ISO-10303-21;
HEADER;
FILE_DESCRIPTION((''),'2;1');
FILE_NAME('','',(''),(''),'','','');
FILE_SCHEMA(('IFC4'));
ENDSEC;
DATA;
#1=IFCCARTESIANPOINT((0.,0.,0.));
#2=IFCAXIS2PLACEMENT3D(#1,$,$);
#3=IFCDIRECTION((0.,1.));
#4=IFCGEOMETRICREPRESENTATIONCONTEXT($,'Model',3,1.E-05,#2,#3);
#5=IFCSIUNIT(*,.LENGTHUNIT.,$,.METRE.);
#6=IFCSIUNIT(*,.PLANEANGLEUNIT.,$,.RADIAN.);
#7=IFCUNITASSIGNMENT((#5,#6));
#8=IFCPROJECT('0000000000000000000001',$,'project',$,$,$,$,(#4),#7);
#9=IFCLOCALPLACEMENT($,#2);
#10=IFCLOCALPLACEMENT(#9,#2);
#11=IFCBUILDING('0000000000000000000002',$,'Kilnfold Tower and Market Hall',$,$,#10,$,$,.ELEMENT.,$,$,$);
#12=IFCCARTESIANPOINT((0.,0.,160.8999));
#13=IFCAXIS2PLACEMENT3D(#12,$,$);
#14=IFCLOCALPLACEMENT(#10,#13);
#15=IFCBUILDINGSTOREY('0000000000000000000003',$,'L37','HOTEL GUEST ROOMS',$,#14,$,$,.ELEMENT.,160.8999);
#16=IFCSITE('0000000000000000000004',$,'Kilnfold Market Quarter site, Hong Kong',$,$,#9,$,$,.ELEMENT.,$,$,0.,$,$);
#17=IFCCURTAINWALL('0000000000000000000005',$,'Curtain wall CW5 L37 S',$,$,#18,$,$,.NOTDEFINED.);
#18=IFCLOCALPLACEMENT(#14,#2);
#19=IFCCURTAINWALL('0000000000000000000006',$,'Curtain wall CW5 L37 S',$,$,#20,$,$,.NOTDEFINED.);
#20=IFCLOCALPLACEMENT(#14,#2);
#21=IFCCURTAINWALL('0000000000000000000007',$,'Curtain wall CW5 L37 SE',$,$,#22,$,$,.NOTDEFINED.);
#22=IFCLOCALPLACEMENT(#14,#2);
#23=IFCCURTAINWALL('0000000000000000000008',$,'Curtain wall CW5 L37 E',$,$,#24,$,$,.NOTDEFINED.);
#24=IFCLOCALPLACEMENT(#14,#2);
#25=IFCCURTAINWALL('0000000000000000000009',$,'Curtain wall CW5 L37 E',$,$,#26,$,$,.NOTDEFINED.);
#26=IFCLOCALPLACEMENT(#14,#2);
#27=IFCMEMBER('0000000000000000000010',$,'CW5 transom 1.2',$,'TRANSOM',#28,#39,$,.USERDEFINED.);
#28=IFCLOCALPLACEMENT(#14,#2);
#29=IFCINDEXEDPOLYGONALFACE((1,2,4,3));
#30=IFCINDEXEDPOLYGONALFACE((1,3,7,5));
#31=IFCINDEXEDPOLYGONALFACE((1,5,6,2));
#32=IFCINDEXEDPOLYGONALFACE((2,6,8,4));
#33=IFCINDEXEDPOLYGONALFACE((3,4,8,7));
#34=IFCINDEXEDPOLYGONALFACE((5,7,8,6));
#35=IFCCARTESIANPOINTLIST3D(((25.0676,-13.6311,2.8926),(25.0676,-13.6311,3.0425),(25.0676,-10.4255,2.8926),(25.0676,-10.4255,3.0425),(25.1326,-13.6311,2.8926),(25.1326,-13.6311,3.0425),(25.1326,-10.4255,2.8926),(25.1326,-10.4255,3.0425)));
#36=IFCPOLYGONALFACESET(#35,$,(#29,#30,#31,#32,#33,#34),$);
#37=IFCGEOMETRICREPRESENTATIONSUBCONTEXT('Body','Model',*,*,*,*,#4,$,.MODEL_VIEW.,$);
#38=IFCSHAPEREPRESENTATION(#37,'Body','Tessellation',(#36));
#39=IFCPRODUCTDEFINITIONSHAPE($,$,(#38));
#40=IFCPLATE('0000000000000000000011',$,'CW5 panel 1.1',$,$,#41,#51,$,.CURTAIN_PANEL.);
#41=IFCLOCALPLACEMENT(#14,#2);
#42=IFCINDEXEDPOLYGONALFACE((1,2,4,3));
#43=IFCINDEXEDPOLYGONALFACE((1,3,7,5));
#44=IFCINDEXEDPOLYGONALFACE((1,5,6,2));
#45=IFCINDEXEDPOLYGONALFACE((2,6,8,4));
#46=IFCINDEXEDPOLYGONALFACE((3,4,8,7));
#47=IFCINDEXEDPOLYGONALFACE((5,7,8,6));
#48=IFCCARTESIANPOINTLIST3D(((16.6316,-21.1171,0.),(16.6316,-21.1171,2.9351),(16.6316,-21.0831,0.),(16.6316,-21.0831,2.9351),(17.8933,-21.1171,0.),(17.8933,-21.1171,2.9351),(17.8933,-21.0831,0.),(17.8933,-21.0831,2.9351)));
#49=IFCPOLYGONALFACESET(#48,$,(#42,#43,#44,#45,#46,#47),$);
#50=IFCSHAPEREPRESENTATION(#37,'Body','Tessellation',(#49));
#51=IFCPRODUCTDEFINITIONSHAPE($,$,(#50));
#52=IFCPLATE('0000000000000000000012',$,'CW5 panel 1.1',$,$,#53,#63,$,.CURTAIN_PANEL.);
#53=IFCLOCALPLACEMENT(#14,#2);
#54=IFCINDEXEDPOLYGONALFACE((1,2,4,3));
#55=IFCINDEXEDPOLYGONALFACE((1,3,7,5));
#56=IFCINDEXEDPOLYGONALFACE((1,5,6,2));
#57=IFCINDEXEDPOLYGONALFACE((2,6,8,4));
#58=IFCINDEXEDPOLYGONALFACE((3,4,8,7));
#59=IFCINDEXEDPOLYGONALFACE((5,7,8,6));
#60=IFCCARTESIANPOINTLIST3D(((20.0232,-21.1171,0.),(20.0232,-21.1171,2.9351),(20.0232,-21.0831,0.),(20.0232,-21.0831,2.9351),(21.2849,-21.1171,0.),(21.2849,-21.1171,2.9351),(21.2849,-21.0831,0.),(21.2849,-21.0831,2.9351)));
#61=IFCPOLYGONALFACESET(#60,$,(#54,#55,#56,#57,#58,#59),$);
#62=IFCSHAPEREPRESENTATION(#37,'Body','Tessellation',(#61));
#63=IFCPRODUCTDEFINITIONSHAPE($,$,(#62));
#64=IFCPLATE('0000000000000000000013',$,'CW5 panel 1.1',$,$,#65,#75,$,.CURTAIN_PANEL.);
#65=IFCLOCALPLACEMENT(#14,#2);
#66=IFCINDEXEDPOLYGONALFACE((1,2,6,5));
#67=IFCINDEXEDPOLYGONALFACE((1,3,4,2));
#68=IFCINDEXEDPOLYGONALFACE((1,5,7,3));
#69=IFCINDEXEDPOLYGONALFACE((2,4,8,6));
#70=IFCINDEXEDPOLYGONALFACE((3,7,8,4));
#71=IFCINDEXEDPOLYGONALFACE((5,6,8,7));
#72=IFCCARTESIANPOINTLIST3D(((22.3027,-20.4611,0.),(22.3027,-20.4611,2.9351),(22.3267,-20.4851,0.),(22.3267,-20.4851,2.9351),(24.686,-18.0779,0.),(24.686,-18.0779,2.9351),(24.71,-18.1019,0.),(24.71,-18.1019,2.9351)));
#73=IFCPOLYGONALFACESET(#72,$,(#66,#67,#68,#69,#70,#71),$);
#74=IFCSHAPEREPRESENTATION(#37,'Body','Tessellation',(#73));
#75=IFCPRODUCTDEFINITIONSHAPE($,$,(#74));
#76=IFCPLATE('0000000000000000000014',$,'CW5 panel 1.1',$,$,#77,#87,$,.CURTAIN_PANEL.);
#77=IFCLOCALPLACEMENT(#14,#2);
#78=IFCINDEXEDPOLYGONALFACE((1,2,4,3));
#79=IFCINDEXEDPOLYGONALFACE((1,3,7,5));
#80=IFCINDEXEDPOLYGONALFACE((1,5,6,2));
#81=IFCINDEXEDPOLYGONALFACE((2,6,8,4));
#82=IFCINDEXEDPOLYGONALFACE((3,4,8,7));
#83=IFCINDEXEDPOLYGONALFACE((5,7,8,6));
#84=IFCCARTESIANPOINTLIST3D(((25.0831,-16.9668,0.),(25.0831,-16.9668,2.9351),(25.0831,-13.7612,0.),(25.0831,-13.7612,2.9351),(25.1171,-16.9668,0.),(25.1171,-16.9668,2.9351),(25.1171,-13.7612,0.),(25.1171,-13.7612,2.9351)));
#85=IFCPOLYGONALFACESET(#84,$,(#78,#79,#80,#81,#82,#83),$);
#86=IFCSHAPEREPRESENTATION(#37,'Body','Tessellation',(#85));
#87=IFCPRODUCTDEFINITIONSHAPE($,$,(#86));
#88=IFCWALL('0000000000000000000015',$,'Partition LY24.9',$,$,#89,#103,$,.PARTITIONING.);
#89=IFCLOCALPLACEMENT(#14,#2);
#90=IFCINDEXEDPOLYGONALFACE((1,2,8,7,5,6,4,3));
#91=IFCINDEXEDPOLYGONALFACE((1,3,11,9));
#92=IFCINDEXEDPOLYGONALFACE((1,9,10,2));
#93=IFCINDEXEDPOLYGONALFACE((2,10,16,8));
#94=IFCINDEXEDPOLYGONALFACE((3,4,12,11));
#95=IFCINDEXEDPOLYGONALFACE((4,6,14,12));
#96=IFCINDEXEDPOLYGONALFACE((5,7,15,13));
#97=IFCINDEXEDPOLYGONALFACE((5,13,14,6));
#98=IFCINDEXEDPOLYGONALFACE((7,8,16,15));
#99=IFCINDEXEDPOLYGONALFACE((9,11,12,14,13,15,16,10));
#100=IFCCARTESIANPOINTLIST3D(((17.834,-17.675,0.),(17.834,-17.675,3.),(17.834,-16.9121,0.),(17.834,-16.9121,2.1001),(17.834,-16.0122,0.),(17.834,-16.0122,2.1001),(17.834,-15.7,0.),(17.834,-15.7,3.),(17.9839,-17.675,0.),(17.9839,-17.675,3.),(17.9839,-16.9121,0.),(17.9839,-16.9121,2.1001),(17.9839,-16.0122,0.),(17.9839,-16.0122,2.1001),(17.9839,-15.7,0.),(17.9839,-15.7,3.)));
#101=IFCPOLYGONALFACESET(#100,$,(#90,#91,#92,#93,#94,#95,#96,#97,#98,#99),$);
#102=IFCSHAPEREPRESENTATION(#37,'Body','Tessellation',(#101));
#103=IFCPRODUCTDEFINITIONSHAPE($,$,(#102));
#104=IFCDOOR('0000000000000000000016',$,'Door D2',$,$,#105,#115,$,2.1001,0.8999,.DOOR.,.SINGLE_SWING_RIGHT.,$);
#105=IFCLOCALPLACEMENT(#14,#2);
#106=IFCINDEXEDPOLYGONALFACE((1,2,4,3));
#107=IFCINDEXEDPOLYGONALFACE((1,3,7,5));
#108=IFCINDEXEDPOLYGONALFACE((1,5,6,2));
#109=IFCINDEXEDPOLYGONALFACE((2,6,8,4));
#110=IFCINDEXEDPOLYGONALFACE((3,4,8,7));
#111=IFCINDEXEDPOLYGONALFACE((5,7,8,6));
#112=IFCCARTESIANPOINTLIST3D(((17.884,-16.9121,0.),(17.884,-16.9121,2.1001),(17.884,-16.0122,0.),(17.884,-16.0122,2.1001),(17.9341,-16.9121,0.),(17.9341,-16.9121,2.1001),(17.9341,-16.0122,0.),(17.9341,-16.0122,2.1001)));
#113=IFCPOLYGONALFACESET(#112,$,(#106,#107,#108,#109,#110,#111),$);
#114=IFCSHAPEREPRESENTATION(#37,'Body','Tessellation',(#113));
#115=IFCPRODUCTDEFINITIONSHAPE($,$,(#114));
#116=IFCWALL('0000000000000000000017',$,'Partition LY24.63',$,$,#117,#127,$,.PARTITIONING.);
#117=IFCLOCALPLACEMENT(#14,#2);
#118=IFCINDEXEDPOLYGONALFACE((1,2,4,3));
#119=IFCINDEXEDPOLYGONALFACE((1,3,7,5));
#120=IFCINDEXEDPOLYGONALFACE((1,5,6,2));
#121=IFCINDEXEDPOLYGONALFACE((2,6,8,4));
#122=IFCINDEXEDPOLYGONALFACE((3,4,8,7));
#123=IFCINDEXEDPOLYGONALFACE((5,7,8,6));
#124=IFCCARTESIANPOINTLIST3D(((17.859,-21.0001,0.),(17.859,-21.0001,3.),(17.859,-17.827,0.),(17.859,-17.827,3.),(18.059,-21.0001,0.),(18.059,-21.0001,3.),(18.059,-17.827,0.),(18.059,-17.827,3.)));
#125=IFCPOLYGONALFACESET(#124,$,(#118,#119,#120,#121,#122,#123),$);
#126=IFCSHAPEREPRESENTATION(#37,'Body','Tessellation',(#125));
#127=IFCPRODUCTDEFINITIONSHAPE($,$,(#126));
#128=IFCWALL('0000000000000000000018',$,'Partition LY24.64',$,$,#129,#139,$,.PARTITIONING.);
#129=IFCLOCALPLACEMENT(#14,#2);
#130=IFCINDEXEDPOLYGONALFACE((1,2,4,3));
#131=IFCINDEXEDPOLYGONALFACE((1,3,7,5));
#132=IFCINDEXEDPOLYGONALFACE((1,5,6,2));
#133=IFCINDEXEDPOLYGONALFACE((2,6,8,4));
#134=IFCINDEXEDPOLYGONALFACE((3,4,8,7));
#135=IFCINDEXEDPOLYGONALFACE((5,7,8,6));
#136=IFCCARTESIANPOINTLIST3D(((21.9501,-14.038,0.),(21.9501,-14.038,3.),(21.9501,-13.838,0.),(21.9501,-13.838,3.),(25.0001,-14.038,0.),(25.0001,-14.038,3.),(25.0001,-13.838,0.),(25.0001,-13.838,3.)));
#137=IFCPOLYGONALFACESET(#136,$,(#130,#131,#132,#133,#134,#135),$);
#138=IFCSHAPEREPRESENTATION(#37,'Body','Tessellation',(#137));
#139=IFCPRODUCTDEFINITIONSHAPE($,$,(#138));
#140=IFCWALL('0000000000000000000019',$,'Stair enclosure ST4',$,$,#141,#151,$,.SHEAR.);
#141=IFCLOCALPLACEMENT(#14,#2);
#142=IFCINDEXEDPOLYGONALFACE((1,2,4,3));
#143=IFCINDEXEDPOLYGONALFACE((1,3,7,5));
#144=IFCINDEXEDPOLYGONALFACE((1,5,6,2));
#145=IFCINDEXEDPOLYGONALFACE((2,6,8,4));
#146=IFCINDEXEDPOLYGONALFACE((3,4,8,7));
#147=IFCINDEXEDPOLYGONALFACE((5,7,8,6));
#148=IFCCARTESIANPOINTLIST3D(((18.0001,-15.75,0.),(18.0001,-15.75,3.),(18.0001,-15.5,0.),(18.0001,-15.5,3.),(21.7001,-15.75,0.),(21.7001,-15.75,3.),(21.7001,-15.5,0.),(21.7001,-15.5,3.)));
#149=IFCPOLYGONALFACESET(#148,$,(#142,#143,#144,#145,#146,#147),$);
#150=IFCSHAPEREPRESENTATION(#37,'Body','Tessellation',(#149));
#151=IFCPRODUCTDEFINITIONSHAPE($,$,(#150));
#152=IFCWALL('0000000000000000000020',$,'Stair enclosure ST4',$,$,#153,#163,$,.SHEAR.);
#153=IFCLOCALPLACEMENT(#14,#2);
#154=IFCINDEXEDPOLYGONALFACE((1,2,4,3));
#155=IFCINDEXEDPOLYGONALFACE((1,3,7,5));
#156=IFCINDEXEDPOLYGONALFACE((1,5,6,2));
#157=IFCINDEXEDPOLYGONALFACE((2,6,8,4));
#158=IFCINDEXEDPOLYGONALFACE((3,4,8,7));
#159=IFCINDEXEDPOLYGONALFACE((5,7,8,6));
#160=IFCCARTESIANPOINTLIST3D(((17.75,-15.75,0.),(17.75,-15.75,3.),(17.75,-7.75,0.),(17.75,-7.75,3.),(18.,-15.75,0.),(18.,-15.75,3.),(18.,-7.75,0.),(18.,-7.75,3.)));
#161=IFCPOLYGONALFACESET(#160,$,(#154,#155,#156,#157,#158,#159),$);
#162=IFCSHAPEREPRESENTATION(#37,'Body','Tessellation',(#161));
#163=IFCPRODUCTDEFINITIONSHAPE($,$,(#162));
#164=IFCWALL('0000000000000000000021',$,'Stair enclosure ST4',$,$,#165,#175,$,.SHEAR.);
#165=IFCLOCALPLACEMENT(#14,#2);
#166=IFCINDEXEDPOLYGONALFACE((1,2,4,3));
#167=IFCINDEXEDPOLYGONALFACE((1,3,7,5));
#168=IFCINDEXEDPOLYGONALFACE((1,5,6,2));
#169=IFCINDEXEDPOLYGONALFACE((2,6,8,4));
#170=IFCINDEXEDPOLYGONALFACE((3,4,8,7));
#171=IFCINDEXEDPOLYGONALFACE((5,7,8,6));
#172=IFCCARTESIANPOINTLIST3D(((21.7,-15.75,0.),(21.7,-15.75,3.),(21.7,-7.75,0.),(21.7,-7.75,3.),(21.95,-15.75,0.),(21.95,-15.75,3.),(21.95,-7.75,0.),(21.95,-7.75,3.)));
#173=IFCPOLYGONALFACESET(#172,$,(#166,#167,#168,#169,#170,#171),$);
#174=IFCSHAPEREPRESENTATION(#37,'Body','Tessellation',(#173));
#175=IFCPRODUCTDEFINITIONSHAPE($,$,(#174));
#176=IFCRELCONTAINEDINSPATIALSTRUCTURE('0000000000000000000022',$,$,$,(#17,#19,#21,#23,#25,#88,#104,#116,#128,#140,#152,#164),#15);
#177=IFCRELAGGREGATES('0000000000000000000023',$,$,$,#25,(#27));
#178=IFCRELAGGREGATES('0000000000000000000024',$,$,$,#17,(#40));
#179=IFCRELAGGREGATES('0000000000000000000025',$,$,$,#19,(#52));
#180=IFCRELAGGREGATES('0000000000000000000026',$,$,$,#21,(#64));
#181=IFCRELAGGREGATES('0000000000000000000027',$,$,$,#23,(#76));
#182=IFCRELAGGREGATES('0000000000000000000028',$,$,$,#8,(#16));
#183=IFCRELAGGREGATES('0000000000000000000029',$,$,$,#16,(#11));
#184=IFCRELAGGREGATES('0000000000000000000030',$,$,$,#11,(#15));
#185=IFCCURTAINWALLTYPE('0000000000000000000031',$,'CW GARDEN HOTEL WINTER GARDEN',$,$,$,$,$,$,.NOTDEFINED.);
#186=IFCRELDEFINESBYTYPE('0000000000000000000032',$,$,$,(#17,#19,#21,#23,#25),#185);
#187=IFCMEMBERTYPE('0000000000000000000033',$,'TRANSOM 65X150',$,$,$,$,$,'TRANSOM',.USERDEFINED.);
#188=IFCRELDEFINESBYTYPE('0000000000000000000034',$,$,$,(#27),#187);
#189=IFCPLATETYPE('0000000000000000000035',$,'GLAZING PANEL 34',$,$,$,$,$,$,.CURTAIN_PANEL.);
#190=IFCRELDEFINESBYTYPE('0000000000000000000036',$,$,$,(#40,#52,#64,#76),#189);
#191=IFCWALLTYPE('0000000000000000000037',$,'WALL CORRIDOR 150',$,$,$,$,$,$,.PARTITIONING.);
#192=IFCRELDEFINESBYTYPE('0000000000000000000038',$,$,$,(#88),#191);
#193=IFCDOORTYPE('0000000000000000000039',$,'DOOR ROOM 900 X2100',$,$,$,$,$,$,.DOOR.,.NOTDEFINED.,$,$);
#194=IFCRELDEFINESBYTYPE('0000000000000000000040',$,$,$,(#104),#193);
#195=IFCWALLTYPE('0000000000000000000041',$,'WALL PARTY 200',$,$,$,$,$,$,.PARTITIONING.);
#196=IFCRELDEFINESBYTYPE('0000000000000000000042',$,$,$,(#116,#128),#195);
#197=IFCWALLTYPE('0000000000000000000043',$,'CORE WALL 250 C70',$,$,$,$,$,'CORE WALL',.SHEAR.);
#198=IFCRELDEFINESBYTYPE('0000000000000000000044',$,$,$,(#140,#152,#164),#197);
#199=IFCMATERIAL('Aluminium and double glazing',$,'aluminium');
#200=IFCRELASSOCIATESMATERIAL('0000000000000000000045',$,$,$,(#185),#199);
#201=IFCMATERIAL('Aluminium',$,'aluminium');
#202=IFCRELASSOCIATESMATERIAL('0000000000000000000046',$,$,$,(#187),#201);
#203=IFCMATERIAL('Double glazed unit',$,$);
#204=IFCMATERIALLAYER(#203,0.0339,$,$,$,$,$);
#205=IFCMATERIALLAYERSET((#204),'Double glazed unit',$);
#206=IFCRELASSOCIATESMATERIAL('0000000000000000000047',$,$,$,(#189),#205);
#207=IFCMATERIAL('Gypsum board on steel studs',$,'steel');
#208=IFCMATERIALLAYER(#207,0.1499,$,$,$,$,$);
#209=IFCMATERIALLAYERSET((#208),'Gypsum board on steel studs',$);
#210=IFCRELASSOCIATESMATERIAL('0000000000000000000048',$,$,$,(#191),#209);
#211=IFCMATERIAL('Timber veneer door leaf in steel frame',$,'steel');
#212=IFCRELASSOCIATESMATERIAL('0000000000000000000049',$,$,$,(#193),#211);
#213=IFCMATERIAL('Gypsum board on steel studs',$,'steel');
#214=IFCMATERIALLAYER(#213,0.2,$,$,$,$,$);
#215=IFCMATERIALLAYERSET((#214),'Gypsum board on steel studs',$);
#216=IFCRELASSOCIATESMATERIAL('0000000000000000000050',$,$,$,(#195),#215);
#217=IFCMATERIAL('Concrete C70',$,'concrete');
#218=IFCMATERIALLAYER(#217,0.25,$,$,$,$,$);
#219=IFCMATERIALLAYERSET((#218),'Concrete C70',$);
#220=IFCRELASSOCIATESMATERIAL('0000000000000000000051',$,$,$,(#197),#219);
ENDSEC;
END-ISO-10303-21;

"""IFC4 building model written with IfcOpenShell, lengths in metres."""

from ifc_helpers import new_model, si_unit, direction, frame, frame_2d, origin, origin_2d, place, context, subcontext, project, spatial, rectangle, extrude, source, transform, mapped, material, layer, layer_set, material_profile, profile_set, type_object, element, fill, aggregate, save


model = new_model("IFC4")

# Units and contexts
model_context = context("Model", 3, precision=1e-05, world=origin(), true_north=direction((0.0, 1.0)))
body_context = subcontext(model_context, "Body", "Model", "MODEL_VIEW")
ifc_project = project(units=[si_unit("LENGTHUNIT", "METRE"), si_unit("PLANEANGLEUNIT", "RADIAN")], contexts=[model_context])

# Site, building, storey
site_placement = place(None, origin())
site = spatial("IfcSite", under=ifc_project, at=site_placement, Name="Kilnfold Market Quarter site, Hong Kong", CompositionType="ELEMENT", RefElevation=0.0)
building_placement = place(site_placement, origin())
building = spatial("IfcBuilding", under=site, at=building_placement, Name="Kilnfold Tower and Market Hall", CompositionType="ELEMENT")
storey_placement = place(building_placement, frame((0.0, 0.0, 160.8999)))
storey = spatial("IfcBuildingStorey", under=building, at=storey_placement, Name="L37", Description="HOTEL GUEST ROOMS", CompositionType="ELEMENT", Elevation=160.8999)

# Curtain wall
ifc_material_1 = material(Name="Aluminium and double glazing", Category="aluminium")
curtain_wall_type = type_object("IfcCurtainWallType", Name="CW GARDEN HOTEL WINTER GARDEN", PredefinedType="NOTDEFINED", material=ifc_material_1)
curtain_wall_1_placement = place(storey_placement, origin())
curtain_wall_1 = element("IfcCurtainWall", 1, at=curtain_wall_1_placement, inside=storey, type_object=curtain_wall_type, Name="Curtain wall CW5 L37 S", PredefinedType="NOTDEFINED")

# Curtain walls
curtain_wall_2_placement = place(storey_placement, origin())
curtain_wall_2 = element("IfcCurtainWall", 2, at=curtain_wall_2_placement, inside=storey, type_object=curtain_wall_type, Name="Curtain wall CW5 L37 S", PredefinedType="NOTDEFINED")
curtain_wall_3_placement = place(storey_placement, origin())
curtain_wall_3 = element("IfcCurtainWall", 3, at=curtain_wall_3_placement, inside=storey, type_object=curtain_wall_type, Name="Curtain wall CW5 L37 SE", PredefinedType="NOTDEFINED")
curtain_wall_4_placement = place(storey_placement, origin())
curtain_wall_4 = element("IfcCurtainWall", 4, at=curtain_wall_4_placement, inside=storey, type_object=curtain_wall_type, Name="Curtain wall CW5 L37 E", PredefinedType="NOTDEFINED")

# Curtain wall
curtain_wall_5_placement = place(storey_placement, origin())
curtain_wall_5 = element("IfcCurtainWall", 5, at=curtain_wall_5_placement, inside=storey, type_object=curtain_wall_type, Name="Curtain wall CW5 L37 E", PredefinedType="NOTDEFINED")

# Member
ifc_material_2 = material(Name="Aluminium", Category="aluminium")
ifc_material_profile_1 = material_profile(ifc_material_2, rectangle(XDim=0.0649, YDim=0.1499, at=origin_2d()), Name="TRANSOM 65x150")
ifc_profile_set_1 = profile_set([ifc_material_profile_1], Name="Aluminium")
member_type_1 = type_object("IfcMemberType", Name="TRANSOM 65X150", ElementType="TRANSOM", PredefinedType="USERDEFINED", material=ifc_profile_set_1)
shared_shape_1 = source(origin(), body_context, "Body", "SweptSolid", [
    extrude(rectangle(XDim=0.0649, YDim=0.1499, at=origin_2d()), origin(), (0.0, 0.0, 1.0), 3.2056),
])
member_1_placement = place(storey_placement, frame((25.1001, -13.6311, 2.9675), z_axis=(0.0, 1.0, 0.0), x_axis=(-1.0, 0.0, 0.0)))
member_1 = element("IfcMember", 6, at=member_1_placement, type_object=member_type_1, Name="CW5 transom 1.2", ObjectType="TRANSOM", PredefinedType="USERDEFINED", context=body_context, shape_type="MappedRepresentation", body=[
    mapped(shared_shape_1, transform((0.0, 0.0, 0.0))),
])
aggregate(curtain_wall_5, [member_1])

# Plates
ifc_material_3 = material(Name="Double glazed unit")
ifc_layer_1 = layer(ifc_material_3, 0.0339)
ifc_layer_set_1 = layer_set([ifc_layer_1], Name="Double glazed unit")
plate_type = type_object("IfcPlateType", Name="GLAZING PANEL 34", PredefinedType="CURTAIN_PANEL", material=ifc_layer_set_1)
shared_shape_2 = source(origin(), body_context, "Body", "SweptSolid", [
    extrude(rectangle(XDim=1.2617, YDim=0.0339, at=origin_2d()), origin(), (0.0, 0.0, 1.0), 2.9351),
])
plate_1_placement = place(storey_placement, frame((17.2625, -21.1001, 0.0), z_axis=(0.0, 0.0, 1.0), x_axis=(1.0, 0.0, 0.0)))
plate_1 = element("IfcPlate", 7, at=plate_1_placement, type_object=plate_type, Name="CW5 panel 1.1", PredefinedType="CURTAIN_PANEL", context=body_context, shape_type="MappedRepresentation", body=[
    mapped(shared_shape_2, transform((0.0, 0.0, 0.0))),
])
aggregate(curtain_wall_1, [plate_1])
plate_2_placement = place(storey_placement, frame((20.6541, -21.1001, 0.0), z_axis=(0.0, 0.0, 1.0), x_axis=(1.0, 0.0, 0.0)))
plate_2 = element("IfcPlate", 8, at=plate_2_placement, type_object=plate_type, Name="CW5 panel 1.1", PredefinedType="CURTAIN_PANEL", context=body_context, shape_type="MappedRepresentation", body=[
    mapped(shared_shape_2, transform((0.0, 0.0, 0.0))),
])
aggregate(curtain_wall_2, [plate_2])
shared_shape_3 = source(origin(), body_context, "Body", "SweptSolid", [
    extrude(rectangle(XDim=3.3704, YDim=0.0339, at=origin_2d()), origin(), (0.0, 0.0, 1.0), 2.9351),
])
plate_3_placement = place(storey_placement, frame((23.5063, -19.2815, 0.0), z_axis=(0.0, 0.0, 1.0), x_axis=(0.707121, 0.707092, 0.0)))
plate_3 = element("IfcPlate", 9, at=plate_3_placement, type_object=plate_type, Name="CW5 panel 1.1", PredefinedType="CURTAIN_PANEL", context=body_context, shape_type="MappedRepresentation", body=[
    mapped(shared_shape_3, transform((0.0, 0.0, 0.0))),
])
aggregate(curtain_wall_3, [plate_3])
shared_shape_4 = source(origin(), body_context, "Body", "SweptSolid", [
    extrude(rectangle(XDim=3.2056, YDim=0.0339, at=origin_2d()), origin(), (0.0, 0.0, 1.0), 2.9351),
])
plate_4_placement = place(storey_placement, frame((25.1001, -15.364, 0.0), z_axis=(0.0, 0.0, 1.0), x_axis=(0.0, 1.0, 0.0)))
plate_4 = element("IfcPlate", 10, at=plate_4_placement, type_object=plate_type, Name="CW5 panel 1.1", PredefinedType="CURTAIN_PANEL", context=body_context, shape_type="MappedRepresentation", body=[
    mapped(shared_shape_4, transform((0.0, 0.0, 0.0))),
])
aggregate(curtain_wall_4, [plate_4])

# Wall, opening, door
ifc_material_4 = material(Name="Gypsum board on steel studs", Category="steel")
ifc_layer_2 = layer(ifc_material_4, 0.1499)
ifc_layer_set_2 = layer_set([ifc_layer_2], Name="Gypsum board on steel studs")
wall_type_1 = type_object("IfcWallType", Name="WALL CORRIDOR 150", PredefinedType="PARTITIONING", material=ifc_layer_set_2)
wall_1_placement = place(storey_placement, frame((17.9089, -17.675, 0.0), z_axis=(0.0, 0.0, 1.0), x_axis=(0.0, 1.0, 0.0)))
wall_1 = element("IfcWall", 11, at=wall_1_placement, inside=storey, type_object=wall_type_1, Name="Partition LY24.9", PredefinedType="PARTITIONING", context=body_context, shape_type="SweptSolid", body=[
    extrude(rectangle(XDim=1.9751, YDim=0.1499, at=frame_2d((0.9875, 0.0))), origin(), (0.0, 0.0, 1.0), 3.0),
])
opening_1_placement = place(wall_1_placement, frame((0.7629, 0.0, 0.0)))
opening_1 = element("IfcOpeningElement", 12, at=opening_1_placement, cuts=wall_1, PredefinedType="OPENING", context=body_context, shape_type="SweptSolid", body=[
    extrude(rectangle(XDim=0.8999, YDim=2.1001, at=frame_2d((0.45, 1.05))), frame((0.0, 0.085, 0.0), z_axis=(0.0, -1.0, 0.0), x_axis=(1.0, 0.0, 0.0)), (0.0, 0.0, 1.0), 0.1699),
])
ifc_material_5 = material(Name="Timber veneer door leaf in steel frame", Category="steel")
door_type_1 = type_object("IfcDoorType", Name="DOOR ROOM 900 X2100", OperationType="NOTDEFINED", PredefinedType="DOOR", material=ifc_material_5)
door_1_placement = place(opening_1_placement, origin())
door_1 = element("IfcDoor", 13, at=door_1_placement, inside=storey, type_object=door_type_1, Name="Door D2", OperationType="SINGLE_SWING_RIGHT", OverallHeight=2.1001, OverallWidth=0.8999, PredefinedType="DOOR", context=body_context, shape_type="SweptSolid", body=[
    extrude(rectangle(XDim=0.8999, YDim=2.1001, at=frame_2d((0.45, 1.05))), frame((0.0, 0.0249, 0.0), z_axis=(0.0, -1.0, 0.0), x_axis=(1.0, 0.0, 0.0)), (0.0, 0.0, 1.0), 0.05),
])
fill(opening_1, door_1)

# Walls
ifc_material_6 = material(Name="Gypsum board on steel studs", Category="steel")
ifc_layer_3 = layer(ifc_material_6, 0.2)
ifc_layer_set_3 = layer_set([ifc_layer_3], Name="Gypsum board on steel studs")
wall_type_2 = type_object("IfcWallType", Name="WALL PARTY 200", PredefinedType="PARTITIONING", material=ifc_layer_set_3)
wall_2_placement = place(storey_placement, frame((17.959, -21.0, 0.0), z_axis=(0.0, 0.0, 1.0), x_axis=(0.0, 1.0, 0.0)))
element("IfcWall", 14, at=wall_2_placement, inside=storey, type_object=wall_type_2, Name="Partition LY24.63", PredefinedType="PARTITIONING", context=body_context, shape_type="SweptSolid", body=[
    extrude(rectangle(XDim=3.1731, YDim=0.2, at=frame_2d((1.5864, 0.0))), origin(), (0.0, 0.0, 1.0), 3.0),
])
wall_3_placement = place(storey_placement, frame((25.0, -13.938, 0.0), z_axis=(0.0, 0.0, 1.0), x_axis=(-1.0, 0.0, 0.0)))
element("IfcWall", 15, at=wall_3_placement, inside=storey, type_object=wall_type_2, Name="Partition LY24.64", PredefinedType="PARTITIONING", context=body_context, shape_type="SweptSolid", body=[
    extrude(rectangle(XDim=3.05, YDim=0.2, at=frame_2d((1.5249, 0.0))), origin(), (0.0, 0.0, 1.0), 3.0),
])
ifc_material_7 = material(Name="Concrete C70", Category="concrete")
ifc_layer_4 = layer(ifc_material_7, 0.25)
ifc_layer_set_4 = layer_set([ifc_layer_4], Name="Concrete C70")
wall_type_3 = type_object("IfcWallType", Name="CORE WALL 250 C70", ElementType="CORE WALL", PredefinedType="SHEAR", material=ifc_layer_set_4)
shared_shape_5 = source(origin(), body_context, "Body", "SweptSolid", [
    extrude(rectangle(XDim=3.7, YDim=0.25, at=frame_2d((1.8501, 0.0))), origin(), (0.0, 0.0, 1.0), 3.0),
])
wall_4_placement = place(storey_placement, frame((18.0, -15.625, 0.0), z_axis=(0.0, 0.0, 1.0), x_axis=(1.0, 0.0, 0.0)))
element("IfcWall", 16, at=wall_4_placement, inside=storey, type_object=wall_type_3, Name="Stair enclosure ST4", PredefinedType="SHEAR", context=body_context, shape_type="MappedRepresentation", body=[
    mapped(shared_shape_5, transform((0.0, 0.0, 0.0))),
])
shared_shape_6 = source(origin(), body_context, "Body", "SweptSolid", [
    extrude(rectangle(XDim=8.0, YDim=0.25, at=frame_2d((4.0, 0.0))), origin(), (0.0, 0.0, 1.0), 3.0),
])
for number, where, z_axis, x_axis, name in (
    (17, (17.875, -15.75, 0.0), (0.0, 0.0, 1.0), (0.0, 1.0, 0.0), "Stair enclosure ST4"),
    (18, (21.825, -15.75, 0.0), (0.0, 0.0, 1.0), (0.0, 1.0, 0.0), "Stair enclosure ST4"),
):
    element("IfcWall", number, at=place(storey_placement, frame(where, z_axis=z_axis, x_axis=x_axis)), inside=storey, type_object=wall_type_3, Name=name, PredefinedType="SHEAR", context=body_context, shape_type="MappedRepresentation", body=[
        mapped(shared_shape_6, transform((0.0, 0.0, 0.0))),
    ])

save(model, "model.ifc")
